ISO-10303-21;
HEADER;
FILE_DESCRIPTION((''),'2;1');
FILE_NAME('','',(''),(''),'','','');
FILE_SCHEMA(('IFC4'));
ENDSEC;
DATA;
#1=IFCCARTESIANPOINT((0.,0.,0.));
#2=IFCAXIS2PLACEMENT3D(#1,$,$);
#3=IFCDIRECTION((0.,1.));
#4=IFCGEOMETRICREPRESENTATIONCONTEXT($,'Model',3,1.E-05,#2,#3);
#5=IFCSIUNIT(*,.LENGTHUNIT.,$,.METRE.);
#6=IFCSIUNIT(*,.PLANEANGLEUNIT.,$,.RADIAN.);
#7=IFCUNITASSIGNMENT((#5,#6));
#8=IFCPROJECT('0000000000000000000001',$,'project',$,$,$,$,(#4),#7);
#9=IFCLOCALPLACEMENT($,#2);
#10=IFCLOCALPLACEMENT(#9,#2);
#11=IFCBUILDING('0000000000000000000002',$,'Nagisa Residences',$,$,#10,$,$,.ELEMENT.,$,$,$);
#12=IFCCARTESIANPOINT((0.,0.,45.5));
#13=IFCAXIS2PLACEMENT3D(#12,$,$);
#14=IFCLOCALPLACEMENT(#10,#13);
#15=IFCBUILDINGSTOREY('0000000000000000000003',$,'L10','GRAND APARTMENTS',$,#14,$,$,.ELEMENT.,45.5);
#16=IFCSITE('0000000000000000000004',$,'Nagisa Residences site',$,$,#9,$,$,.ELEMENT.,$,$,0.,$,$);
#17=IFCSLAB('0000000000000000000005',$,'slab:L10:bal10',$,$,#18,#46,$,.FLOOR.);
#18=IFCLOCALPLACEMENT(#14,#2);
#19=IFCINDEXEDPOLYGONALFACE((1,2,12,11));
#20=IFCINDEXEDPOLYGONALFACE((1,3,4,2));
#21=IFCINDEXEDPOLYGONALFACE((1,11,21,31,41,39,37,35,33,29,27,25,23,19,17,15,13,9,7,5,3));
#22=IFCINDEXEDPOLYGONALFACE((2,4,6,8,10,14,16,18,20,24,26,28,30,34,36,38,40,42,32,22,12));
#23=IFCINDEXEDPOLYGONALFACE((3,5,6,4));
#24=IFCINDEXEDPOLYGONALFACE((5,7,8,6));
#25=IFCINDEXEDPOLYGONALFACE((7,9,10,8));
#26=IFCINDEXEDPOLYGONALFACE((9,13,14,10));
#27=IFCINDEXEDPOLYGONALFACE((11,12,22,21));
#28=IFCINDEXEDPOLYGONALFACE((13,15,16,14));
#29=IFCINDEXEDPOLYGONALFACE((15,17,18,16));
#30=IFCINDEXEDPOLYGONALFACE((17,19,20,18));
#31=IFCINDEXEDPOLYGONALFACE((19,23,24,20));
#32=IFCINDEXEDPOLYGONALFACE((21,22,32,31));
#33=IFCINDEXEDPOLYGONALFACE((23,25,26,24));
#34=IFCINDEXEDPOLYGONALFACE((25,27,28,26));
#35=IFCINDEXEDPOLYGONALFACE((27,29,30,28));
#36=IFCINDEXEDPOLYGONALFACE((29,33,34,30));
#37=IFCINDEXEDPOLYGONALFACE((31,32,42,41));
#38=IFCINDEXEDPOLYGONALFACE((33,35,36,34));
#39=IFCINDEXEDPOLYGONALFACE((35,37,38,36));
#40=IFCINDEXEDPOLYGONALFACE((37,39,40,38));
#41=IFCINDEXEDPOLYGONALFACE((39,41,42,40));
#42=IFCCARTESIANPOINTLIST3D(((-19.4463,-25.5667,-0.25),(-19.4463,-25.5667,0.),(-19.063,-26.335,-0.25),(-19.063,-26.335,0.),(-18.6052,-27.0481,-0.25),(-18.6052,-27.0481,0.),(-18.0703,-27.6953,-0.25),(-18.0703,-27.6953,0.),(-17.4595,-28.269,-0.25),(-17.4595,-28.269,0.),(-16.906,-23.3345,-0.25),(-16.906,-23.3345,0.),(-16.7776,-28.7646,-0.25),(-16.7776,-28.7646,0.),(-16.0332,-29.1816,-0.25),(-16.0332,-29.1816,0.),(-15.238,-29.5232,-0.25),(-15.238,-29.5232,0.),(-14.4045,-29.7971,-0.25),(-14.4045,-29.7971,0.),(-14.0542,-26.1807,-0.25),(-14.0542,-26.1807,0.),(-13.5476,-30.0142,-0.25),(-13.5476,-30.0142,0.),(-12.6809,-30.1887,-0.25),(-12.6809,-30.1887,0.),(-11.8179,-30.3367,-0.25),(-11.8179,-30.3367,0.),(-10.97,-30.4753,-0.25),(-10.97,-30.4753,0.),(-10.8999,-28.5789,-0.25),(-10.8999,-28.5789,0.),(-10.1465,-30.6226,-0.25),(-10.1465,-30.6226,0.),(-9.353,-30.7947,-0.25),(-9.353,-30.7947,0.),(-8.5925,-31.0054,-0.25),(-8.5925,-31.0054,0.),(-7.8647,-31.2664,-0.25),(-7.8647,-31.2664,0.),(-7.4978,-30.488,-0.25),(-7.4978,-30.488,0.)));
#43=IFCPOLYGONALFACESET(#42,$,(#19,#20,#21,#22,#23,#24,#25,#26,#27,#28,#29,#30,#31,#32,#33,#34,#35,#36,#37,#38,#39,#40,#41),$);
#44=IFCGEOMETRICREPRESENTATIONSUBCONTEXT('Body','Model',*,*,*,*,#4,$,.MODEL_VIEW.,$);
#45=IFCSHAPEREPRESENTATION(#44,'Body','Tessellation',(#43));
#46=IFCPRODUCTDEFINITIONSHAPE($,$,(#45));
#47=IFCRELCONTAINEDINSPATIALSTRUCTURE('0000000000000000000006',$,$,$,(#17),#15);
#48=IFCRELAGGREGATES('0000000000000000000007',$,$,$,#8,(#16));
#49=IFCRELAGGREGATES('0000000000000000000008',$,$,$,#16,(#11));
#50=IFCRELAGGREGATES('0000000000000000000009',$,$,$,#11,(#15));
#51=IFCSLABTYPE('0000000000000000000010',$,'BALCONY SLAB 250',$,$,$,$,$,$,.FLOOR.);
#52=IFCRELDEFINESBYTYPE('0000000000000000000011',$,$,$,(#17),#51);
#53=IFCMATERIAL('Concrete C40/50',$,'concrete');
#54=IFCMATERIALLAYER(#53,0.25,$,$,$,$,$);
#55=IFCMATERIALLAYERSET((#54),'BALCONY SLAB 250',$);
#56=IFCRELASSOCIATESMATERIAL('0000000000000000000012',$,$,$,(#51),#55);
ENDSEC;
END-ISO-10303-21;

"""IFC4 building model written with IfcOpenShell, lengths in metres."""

from ifc_helpers import new_model, si_unit, direction, frame, origin, place, context, subcontext, project, spatial, polyline, outline, extrude, material, layer, layer_set, type_object, element, save


model = new_model("IFC4")

# Units and contexts
model_context = context("Model", 3, precision=1e-05, world=origin(), true_north=direction((0.0, 1.0)))
body_context = subcontext(model_context, "Body", "Model", "MODEL_VIEW")
ifc_project = project(units=[si_unit("LENGTHUNIT", "METRE"), si_unit("PLANEANGLEUNIT", "RADIAN")], contexts=[model_context])

# Site, building, storey
site_placement = place(None, origin())
site = spatial("IfcSite", under=ifc_project, at=site_placement, Name="Nagisa Residences site", CompositionType="ELEMENT", RefElevation=0.0)
building_placement = place(site_placement, origin())
building = spatial("IfcBuilding", under=site, at=building_placement, Name="Nagisa Residences", CompositionType="ELEMENT")
storey_placement = place(building_placement, frame((0.0, 0.0, 45.5)))
storey = spatial("IfcBuildingStorey", under=building, at=storey_placement, Name="L10", Description="GRAND APARTMENTS", CompositionType="ELEMENT", Elevation=45.5)

# Slab
ifc_material_1 = material(Name="Concrete C40/50", Category="concrete")
ifc_layer_1 = layer(ifc_material_1, 0.25)
ifc_layer_set_1 = layer_set([ifc_layer_1], Name="BALCONY SLAB 250")
slab_type_1 = type_object("IfcSlabType", Name="BALCONY SLAB 250", PredefinedType="FLOOR", material=ifc_layer_set_1)
slab_1_placement = place(storey_placement, frame((0.0, 0.0, -0.25)))
element("IfcSlab", 1, at=slab_1_placement, inside=storey, type_object=slab_type_1, Name="slab:L10:bal10", PredefinedType="FLOOR", context=body_context, shape_type="SweptSolid", body=[
    extrude(outline(polyline([(-19.4463, -25.5667), (-19.063, -26.335), (-18.6052, -27.0481), (-18.0703, -27.6953), (-17.4595, -28.269), (-16.7776, -28.7646), (-16.0332, -29.1816), (-15.238, -29.5232), (-14.4045, -29.7971), (-13.5476, -30.0142), (-12.6809, -30.1887), (-11.8179, -30.3367), (-10.97, -30.4753), (-10.1465, -30.6226), (-9.353, -30.7947), (-8.5925, -31.0054), (-7.8647, -31.2664), (-7.4978, -30.488), (-10.8999, -28.5789), (-14.0542, -26.1807), (-16.906, -23.3345), (-19.4463, -25.5667)])), origin(), (0.0, 0.0, 1.0), 0.25),
])

save(model, "model.ifc")
